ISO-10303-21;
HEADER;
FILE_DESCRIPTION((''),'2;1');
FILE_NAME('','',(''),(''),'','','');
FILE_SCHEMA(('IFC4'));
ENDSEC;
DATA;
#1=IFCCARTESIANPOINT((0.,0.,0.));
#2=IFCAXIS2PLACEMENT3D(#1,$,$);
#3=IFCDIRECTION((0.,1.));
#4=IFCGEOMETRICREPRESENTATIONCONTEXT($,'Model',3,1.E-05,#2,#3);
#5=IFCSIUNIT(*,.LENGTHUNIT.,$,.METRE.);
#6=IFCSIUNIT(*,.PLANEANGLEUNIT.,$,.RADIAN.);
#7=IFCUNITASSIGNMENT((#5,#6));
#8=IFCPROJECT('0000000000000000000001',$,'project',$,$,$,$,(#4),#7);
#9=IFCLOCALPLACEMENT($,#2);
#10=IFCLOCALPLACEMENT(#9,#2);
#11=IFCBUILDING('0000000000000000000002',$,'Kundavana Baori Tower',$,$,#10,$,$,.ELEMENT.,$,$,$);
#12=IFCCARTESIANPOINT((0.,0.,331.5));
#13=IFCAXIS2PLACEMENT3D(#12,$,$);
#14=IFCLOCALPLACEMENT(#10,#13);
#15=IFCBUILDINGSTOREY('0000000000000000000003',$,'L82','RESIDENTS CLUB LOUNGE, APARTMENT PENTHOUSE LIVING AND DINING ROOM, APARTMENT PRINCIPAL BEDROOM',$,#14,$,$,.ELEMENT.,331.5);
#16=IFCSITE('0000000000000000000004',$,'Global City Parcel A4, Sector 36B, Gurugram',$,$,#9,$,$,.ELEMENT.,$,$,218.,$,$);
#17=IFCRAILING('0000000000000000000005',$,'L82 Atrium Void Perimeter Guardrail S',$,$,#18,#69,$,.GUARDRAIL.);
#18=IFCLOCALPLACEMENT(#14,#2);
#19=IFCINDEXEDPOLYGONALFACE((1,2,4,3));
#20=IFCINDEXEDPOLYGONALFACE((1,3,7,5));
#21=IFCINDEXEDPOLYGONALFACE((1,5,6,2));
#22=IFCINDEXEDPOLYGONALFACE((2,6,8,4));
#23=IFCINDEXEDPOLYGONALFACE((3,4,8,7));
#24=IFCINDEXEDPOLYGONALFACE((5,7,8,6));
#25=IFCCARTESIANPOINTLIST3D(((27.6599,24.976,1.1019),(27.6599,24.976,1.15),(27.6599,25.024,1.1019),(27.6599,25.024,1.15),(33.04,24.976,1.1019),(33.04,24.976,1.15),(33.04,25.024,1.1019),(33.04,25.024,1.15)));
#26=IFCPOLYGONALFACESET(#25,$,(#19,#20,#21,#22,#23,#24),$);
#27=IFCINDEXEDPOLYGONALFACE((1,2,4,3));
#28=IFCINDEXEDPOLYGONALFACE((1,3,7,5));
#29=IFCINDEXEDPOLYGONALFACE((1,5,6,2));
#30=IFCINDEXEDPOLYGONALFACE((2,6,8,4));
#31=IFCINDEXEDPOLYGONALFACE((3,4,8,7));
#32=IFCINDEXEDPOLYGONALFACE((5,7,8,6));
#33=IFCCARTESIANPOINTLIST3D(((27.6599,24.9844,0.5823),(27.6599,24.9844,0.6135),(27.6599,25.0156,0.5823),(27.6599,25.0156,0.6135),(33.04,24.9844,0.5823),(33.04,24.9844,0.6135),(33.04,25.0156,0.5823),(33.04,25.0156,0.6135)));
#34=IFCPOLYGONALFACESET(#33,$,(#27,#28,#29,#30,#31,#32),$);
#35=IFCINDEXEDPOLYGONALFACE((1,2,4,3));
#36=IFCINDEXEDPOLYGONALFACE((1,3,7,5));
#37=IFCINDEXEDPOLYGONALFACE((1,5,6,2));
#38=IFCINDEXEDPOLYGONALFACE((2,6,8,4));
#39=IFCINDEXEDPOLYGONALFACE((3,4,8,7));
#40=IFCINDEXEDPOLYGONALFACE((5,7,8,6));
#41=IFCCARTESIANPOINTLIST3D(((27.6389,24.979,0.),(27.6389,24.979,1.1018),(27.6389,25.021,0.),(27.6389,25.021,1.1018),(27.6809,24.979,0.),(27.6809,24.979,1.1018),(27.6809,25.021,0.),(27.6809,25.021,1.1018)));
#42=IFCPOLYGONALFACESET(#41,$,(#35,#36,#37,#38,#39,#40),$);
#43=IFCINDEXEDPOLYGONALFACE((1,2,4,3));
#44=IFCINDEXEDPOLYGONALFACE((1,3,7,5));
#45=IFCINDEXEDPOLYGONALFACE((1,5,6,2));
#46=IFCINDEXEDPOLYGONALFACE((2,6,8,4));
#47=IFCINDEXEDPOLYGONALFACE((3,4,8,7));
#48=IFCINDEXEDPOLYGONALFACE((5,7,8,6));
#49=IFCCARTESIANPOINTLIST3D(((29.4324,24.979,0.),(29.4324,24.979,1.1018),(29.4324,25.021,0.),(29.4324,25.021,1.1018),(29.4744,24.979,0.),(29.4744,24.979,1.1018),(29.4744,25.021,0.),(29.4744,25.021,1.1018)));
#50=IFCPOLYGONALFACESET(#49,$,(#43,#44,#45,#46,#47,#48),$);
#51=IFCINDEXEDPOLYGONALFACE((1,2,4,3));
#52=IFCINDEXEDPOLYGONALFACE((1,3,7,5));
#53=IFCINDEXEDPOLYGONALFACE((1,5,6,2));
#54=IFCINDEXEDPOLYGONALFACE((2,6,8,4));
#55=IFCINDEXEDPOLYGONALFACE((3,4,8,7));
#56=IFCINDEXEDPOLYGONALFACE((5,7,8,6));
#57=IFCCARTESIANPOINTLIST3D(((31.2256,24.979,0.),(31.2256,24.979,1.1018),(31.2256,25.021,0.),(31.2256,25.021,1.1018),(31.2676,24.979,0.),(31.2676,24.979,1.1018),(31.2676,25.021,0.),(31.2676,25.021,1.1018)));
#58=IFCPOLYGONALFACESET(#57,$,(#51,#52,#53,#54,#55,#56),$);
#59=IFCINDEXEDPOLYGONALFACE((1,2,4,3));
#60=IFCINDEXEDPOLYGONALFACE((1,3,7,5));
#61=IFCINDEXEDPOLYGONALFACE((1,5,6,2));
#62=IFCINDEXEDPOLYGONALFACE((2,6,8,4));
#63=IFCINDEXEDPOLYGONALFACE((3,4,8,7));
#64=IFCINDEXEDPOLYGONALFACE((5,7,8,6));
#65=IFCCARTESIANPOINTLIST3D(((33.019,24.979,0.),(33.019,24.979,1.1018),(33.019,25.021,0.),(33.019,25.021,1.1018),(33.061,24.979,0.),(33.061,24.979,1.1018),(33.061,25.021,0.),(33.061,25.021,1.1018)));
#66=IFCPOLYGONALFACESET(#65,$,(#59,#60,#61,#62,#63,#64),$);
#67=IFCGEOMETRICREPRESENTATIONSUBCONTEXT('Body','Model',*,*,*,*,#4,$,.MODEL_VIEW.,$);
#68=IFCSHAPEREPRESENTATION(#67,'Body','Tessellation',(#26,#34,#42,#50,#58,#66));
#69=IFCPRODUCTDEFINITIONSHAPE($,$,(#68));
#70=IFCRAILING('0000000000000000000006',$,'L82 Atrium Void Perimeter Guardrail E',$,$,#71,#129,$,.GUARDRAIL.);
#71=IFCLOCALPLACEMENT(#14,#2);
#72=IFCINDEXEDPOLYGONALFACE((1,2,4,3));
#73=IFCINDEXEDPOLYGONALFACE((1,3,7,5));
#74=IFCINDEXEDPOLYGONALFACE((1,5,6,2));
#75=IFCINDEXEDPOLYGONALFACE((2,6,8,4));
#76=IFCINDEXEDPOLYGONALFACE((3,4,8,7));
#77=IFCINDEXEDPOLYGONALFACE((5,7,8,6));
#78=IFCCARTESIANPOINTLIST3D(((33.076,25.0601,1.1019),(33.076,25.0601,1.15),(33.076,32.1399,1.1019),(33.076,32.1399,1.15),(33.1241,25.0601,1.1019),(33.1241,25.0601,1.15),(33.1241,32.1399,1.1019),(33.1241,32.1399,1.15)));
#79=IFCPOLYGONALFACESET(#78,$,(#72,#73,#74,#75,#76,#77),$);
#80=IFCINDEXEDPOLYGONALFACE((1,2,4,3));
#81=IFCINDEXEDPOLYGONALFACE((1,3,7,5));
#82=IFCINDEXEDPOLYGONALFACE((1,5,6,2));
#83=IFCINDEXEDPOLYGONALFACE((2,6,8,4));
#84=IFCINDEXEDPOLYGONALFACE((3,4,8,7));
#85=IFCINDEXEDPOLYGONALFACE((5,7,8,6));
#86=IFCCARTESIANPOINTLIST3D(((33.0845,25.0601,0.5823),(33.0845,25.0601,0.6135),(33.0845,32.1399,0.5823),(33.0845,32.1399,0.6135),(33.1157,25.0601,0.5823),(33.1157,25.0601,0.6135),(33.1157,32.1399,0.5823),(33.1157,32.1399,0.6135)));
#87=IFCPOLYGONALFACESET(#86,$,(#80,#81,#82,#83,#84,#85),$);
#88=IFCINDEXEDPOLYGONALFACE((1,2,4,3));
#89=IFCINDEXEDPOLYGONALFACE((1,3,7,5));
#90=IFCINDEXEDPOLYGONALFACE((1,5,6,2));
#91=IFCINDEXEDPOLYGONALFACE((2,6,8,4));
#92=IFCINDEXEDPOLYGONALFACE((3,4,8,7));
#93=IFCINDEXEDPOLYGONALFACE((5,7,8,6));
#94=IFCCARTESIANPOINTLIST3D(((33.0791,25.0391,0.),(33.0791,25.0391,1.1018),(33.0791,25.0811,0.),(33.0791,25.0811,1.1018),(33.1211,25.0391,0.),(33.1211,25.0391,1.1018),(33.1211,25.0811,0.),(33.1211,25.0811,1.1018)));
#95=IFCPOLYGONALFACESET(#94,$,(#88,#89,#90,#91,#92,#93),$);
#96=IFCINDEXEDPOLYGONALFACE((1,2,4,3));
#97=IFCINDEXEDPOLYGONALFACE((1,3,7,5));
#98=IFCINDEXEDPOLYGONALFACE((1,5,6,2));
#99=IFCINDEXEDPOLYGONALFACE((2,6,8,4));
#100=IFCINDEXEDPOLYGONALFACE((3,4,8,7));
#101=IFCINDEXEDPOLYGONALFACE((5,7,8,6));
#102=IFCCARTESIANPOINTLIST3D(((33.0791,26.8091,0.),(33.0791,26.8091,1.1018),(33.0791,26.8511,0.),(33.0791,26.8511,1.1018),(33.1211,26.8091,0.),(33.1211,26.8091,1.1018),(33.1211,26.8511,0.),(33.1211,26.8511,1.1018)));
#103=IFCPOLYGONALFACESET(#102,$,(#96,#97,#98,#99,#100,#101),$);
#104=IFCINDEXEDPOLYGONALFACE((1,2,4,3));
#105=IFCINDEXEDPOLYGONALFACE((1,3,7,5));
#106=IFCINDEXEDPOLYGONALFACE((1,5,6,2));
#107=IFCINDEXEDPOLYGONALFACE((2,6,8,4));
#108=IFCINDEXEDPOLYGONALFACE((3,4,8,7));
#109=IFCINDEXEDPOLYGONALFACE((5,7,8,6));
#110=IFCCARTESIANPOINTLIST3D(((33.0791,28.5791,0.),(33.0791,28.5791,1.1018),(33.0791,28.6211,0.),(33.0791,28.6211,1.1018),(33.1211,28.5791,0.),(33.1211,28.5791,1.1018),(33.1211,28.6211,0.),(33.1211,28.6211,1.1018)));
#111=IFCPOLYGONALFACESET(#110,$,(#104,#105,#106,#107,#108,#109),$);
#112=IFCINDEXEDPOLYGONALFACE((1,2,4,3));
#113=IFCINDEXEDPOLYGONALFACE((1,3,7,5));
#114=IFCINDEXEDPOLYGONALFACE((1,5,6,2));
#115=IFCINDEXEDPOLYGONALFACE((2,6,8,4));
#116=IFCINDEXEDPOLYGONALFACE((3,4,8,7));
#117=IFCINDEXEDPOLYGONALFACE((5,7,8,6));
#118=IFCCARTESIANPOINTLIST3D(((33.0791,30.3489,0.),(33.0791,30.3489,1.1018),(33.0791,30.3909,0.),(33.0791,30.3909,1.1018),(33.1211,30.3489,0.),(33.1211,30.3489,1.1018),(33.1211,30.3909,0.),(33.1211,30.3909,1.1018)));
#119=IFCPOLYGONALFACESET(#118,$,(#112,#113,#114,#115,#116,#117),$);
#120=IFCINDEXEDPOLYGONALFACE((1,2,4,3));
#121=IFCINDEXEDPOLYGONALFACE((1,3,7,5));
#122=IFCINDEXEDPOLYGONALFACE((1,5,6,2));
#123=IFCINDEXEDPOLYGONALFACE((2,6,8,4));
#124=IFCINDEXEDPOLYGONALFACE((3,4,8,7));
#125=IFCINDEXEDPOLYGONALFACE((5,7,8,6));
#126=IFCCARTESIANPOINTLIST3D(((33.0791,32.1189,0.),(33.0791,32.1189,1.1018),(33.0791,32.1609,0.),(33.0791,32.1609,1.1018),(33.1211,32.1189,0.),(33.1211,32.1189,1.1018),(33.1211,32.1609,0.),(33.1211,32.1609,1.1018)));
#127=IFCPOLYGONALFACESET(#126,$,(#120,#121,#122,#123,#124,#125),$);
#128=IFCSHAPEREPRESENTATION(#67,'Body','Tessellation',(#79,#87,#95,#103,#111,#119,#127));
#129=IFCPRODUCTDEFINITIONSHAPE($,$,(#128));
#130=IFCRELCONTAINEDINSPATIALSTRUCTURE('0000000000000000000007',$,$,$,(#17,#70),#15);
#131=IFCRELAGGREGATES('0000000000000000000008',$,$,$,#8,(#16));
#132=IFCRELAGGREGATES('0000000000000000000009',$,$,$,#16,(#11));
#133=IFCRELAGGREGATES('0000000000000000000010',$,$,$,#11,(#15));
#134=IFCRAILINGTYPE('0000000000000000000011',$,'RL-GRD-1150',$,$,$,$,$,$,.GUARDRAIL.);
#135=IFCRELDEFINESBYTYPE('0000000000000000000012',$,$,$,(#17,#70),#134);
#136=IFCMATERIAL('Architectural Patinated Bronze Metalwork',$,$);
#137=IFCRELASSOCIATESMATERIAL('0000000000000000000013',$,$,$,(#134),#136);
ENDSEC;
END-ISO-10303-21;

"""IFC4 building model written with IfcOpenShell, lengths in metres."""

from ifc_helpers import new_model, si_unit, direction, frame, origin, origin_2d, place, context, subcontext, project, spatial, rectangle, extrude, material, type_object, element, save


model = new_model("IFC4")

# Units and contexts
model_context = context("Model", 3, precision=1e-05, world=origin(), true_north=direction((0.0, 1.0)))
body_context = subcontext(model_context, "Body", "Model", "MODEL_VIEW")
ifc_project = project(units=[si_unit("LENGTHUNIT", "METRE"), si_unit("PLANEANGLEUNIT", "RADIAN")], contexts=[model_context])

# Site, building, storey
site_placement = place(None, origin())
site = spatial("IfcSite", under=ifc_project, at=site_placement, Name="Global City Parcel A4, Sector 36B, Gurugram", CompositionType="ELEMENT", RefElevation=218.0)
building_placement = place(site_placement, origin())
building = spatial("IfcBuilding", under=site, at=building_placement, Name="Kundavana Baori Tower", CompositionType="ELEMENT")
storey_placement = place(building_placement, frame((0.0, 0.0, 331.5)))
storey = spatial("IfcBuildingStorey", under=building, at=storey_placement, Name="L82", Description="RESIDENTS CLUB LOUNGE, APARTMENT PENTHOUSE LIVING AND DINING ROOM, APARTMENT PRINCIPAL BEDROOM", CompositionType="ELEMENT", Elevation=331.5)

# Railings
ifc_material_1 = material(Name="Architectural Patinated Bronze Metalwork")
railing_type = type_object("IfcRailingType", Name="RL-GRD-1150", PredefinedType="GUARDRAIL", material=ifc_material_1)
railing_1_placement = place(storey_placement, frame((27.6599, 25.0, 0.0)))
element("IfcRailing", 1, at=railing_1_placement, inside=storey, type_object=railing_type, Name="L82 Atrium Void Perimeter Guardrail S", PredefinedType="GUARDRAIL", context=body_context, shape_type="SweptSolid", body=[
    extrude(rectangle(XDim=0.0481, YDim=0.0481, at=origin_2d()), frame((0.0, 0.0, 1.126), z_axis=(1.0, 0.0, 0.0), x_axis=(0.0, 1.0, 0.0)), (0.0, 0.0, 1.0), 5.3801),
    extrude(rectangle(XDim=0.0312, YDim=0.0312, at=origin_2d()), frame((0.0, 0.0, 0.5979), z_axis=(1.0, 0.0, 0.0), x_axis=(0.0, 1.0, 0.0)), (0.0, 0.0, 1.0), 5.3801),
    extrude(rectangle(XDim=0.042, YDim=0.042, at=origin_2d()), origin(), (0.0, 0.0, 1.0), 1.1018),
    extrude(rectangle(XDim=0.042, YDim=0.042, at=origin_2d()), frame((1.7935, 0.0, 0.0)), (0.0, 0.0, 1.0), 1.1018),
    extrude(rectangle(XDim=0.042, YDim=0.042, at=origin_2d()), frame((3.5867, 0.0, 0.0)), (0.0, 0.0, 1.0), 1.1018),
    extrude(rectangle(XDim=0.042, YDim=0.042, at=origin_2d()), frame((5.3801, 0.0, 0.0)), (0.0, 0.0, 1.0), 1.1018),
])
railing_2_placement = place(storey_placement, frame((33.1001, 25.0601, 0.0)))
element("IfcRailing", 2, at=railing_2_placement, inside=storey, type_object=railing_type, Name="L82 Atrium Void Perimeter Guardrail E", PredefinedType="GUARDRAIL", context=body_context, shape_type="SweptSolid", body=[
    extrude(rectangle(XDim=0.0481, YDim=0.0481, at=origin_2d()), frame((0.0, 0.0, 1.126), z_axis=(0.0, 1.0, 0.0), x_axis=(-1.0, 0.0, 0.0)), (0.0, 0.0, 1.0), 7.0798),
    extrude(rectangle(XDim=0.0312, YDim=0.0312, at=origin_2d()), frame((0.0, 0.0, 0.5979), z_axis=(0.0, 1.0, 0.0), x_axis=(-1.0, 0.0, 0.0)), (0.0, 0.0, 1.0), 7.0798),
    extrude(rectangle(XDim=0.042, YDim=0.042, at=origin_2d()), origin(), (0.0, 0.0, 1.0), 1.1018),
    extrude(rectangle(XDim=0.042, YDim=0.042, at=origin_2d()), frame((0.0, 1.77, 0.0)), (0.0, 0.0, 1.0), 1.1018),
    extrude(rectangle(XDim=0.042, YDim=0.042, at=origin_2d()), frame((0.0, 3.54, 0.0)), (0.0, 0.0, 1.0), 1.1018),
    extrude(rectangle(XDim=0.042, YDim=0.042, at=origin_2d()), frame((0.0, 5.3098, 0.0)), (0.0, 0.0, 1.0), 1.1018),
    extrude(rectangle(XDim=0.042, YDim=0.042, at=origin_2d()), frame((0.0, 7.0798, 0.0)), (0.0, 0.0, 1.0), 1.1018),
])

save(model, "model.ifc")
